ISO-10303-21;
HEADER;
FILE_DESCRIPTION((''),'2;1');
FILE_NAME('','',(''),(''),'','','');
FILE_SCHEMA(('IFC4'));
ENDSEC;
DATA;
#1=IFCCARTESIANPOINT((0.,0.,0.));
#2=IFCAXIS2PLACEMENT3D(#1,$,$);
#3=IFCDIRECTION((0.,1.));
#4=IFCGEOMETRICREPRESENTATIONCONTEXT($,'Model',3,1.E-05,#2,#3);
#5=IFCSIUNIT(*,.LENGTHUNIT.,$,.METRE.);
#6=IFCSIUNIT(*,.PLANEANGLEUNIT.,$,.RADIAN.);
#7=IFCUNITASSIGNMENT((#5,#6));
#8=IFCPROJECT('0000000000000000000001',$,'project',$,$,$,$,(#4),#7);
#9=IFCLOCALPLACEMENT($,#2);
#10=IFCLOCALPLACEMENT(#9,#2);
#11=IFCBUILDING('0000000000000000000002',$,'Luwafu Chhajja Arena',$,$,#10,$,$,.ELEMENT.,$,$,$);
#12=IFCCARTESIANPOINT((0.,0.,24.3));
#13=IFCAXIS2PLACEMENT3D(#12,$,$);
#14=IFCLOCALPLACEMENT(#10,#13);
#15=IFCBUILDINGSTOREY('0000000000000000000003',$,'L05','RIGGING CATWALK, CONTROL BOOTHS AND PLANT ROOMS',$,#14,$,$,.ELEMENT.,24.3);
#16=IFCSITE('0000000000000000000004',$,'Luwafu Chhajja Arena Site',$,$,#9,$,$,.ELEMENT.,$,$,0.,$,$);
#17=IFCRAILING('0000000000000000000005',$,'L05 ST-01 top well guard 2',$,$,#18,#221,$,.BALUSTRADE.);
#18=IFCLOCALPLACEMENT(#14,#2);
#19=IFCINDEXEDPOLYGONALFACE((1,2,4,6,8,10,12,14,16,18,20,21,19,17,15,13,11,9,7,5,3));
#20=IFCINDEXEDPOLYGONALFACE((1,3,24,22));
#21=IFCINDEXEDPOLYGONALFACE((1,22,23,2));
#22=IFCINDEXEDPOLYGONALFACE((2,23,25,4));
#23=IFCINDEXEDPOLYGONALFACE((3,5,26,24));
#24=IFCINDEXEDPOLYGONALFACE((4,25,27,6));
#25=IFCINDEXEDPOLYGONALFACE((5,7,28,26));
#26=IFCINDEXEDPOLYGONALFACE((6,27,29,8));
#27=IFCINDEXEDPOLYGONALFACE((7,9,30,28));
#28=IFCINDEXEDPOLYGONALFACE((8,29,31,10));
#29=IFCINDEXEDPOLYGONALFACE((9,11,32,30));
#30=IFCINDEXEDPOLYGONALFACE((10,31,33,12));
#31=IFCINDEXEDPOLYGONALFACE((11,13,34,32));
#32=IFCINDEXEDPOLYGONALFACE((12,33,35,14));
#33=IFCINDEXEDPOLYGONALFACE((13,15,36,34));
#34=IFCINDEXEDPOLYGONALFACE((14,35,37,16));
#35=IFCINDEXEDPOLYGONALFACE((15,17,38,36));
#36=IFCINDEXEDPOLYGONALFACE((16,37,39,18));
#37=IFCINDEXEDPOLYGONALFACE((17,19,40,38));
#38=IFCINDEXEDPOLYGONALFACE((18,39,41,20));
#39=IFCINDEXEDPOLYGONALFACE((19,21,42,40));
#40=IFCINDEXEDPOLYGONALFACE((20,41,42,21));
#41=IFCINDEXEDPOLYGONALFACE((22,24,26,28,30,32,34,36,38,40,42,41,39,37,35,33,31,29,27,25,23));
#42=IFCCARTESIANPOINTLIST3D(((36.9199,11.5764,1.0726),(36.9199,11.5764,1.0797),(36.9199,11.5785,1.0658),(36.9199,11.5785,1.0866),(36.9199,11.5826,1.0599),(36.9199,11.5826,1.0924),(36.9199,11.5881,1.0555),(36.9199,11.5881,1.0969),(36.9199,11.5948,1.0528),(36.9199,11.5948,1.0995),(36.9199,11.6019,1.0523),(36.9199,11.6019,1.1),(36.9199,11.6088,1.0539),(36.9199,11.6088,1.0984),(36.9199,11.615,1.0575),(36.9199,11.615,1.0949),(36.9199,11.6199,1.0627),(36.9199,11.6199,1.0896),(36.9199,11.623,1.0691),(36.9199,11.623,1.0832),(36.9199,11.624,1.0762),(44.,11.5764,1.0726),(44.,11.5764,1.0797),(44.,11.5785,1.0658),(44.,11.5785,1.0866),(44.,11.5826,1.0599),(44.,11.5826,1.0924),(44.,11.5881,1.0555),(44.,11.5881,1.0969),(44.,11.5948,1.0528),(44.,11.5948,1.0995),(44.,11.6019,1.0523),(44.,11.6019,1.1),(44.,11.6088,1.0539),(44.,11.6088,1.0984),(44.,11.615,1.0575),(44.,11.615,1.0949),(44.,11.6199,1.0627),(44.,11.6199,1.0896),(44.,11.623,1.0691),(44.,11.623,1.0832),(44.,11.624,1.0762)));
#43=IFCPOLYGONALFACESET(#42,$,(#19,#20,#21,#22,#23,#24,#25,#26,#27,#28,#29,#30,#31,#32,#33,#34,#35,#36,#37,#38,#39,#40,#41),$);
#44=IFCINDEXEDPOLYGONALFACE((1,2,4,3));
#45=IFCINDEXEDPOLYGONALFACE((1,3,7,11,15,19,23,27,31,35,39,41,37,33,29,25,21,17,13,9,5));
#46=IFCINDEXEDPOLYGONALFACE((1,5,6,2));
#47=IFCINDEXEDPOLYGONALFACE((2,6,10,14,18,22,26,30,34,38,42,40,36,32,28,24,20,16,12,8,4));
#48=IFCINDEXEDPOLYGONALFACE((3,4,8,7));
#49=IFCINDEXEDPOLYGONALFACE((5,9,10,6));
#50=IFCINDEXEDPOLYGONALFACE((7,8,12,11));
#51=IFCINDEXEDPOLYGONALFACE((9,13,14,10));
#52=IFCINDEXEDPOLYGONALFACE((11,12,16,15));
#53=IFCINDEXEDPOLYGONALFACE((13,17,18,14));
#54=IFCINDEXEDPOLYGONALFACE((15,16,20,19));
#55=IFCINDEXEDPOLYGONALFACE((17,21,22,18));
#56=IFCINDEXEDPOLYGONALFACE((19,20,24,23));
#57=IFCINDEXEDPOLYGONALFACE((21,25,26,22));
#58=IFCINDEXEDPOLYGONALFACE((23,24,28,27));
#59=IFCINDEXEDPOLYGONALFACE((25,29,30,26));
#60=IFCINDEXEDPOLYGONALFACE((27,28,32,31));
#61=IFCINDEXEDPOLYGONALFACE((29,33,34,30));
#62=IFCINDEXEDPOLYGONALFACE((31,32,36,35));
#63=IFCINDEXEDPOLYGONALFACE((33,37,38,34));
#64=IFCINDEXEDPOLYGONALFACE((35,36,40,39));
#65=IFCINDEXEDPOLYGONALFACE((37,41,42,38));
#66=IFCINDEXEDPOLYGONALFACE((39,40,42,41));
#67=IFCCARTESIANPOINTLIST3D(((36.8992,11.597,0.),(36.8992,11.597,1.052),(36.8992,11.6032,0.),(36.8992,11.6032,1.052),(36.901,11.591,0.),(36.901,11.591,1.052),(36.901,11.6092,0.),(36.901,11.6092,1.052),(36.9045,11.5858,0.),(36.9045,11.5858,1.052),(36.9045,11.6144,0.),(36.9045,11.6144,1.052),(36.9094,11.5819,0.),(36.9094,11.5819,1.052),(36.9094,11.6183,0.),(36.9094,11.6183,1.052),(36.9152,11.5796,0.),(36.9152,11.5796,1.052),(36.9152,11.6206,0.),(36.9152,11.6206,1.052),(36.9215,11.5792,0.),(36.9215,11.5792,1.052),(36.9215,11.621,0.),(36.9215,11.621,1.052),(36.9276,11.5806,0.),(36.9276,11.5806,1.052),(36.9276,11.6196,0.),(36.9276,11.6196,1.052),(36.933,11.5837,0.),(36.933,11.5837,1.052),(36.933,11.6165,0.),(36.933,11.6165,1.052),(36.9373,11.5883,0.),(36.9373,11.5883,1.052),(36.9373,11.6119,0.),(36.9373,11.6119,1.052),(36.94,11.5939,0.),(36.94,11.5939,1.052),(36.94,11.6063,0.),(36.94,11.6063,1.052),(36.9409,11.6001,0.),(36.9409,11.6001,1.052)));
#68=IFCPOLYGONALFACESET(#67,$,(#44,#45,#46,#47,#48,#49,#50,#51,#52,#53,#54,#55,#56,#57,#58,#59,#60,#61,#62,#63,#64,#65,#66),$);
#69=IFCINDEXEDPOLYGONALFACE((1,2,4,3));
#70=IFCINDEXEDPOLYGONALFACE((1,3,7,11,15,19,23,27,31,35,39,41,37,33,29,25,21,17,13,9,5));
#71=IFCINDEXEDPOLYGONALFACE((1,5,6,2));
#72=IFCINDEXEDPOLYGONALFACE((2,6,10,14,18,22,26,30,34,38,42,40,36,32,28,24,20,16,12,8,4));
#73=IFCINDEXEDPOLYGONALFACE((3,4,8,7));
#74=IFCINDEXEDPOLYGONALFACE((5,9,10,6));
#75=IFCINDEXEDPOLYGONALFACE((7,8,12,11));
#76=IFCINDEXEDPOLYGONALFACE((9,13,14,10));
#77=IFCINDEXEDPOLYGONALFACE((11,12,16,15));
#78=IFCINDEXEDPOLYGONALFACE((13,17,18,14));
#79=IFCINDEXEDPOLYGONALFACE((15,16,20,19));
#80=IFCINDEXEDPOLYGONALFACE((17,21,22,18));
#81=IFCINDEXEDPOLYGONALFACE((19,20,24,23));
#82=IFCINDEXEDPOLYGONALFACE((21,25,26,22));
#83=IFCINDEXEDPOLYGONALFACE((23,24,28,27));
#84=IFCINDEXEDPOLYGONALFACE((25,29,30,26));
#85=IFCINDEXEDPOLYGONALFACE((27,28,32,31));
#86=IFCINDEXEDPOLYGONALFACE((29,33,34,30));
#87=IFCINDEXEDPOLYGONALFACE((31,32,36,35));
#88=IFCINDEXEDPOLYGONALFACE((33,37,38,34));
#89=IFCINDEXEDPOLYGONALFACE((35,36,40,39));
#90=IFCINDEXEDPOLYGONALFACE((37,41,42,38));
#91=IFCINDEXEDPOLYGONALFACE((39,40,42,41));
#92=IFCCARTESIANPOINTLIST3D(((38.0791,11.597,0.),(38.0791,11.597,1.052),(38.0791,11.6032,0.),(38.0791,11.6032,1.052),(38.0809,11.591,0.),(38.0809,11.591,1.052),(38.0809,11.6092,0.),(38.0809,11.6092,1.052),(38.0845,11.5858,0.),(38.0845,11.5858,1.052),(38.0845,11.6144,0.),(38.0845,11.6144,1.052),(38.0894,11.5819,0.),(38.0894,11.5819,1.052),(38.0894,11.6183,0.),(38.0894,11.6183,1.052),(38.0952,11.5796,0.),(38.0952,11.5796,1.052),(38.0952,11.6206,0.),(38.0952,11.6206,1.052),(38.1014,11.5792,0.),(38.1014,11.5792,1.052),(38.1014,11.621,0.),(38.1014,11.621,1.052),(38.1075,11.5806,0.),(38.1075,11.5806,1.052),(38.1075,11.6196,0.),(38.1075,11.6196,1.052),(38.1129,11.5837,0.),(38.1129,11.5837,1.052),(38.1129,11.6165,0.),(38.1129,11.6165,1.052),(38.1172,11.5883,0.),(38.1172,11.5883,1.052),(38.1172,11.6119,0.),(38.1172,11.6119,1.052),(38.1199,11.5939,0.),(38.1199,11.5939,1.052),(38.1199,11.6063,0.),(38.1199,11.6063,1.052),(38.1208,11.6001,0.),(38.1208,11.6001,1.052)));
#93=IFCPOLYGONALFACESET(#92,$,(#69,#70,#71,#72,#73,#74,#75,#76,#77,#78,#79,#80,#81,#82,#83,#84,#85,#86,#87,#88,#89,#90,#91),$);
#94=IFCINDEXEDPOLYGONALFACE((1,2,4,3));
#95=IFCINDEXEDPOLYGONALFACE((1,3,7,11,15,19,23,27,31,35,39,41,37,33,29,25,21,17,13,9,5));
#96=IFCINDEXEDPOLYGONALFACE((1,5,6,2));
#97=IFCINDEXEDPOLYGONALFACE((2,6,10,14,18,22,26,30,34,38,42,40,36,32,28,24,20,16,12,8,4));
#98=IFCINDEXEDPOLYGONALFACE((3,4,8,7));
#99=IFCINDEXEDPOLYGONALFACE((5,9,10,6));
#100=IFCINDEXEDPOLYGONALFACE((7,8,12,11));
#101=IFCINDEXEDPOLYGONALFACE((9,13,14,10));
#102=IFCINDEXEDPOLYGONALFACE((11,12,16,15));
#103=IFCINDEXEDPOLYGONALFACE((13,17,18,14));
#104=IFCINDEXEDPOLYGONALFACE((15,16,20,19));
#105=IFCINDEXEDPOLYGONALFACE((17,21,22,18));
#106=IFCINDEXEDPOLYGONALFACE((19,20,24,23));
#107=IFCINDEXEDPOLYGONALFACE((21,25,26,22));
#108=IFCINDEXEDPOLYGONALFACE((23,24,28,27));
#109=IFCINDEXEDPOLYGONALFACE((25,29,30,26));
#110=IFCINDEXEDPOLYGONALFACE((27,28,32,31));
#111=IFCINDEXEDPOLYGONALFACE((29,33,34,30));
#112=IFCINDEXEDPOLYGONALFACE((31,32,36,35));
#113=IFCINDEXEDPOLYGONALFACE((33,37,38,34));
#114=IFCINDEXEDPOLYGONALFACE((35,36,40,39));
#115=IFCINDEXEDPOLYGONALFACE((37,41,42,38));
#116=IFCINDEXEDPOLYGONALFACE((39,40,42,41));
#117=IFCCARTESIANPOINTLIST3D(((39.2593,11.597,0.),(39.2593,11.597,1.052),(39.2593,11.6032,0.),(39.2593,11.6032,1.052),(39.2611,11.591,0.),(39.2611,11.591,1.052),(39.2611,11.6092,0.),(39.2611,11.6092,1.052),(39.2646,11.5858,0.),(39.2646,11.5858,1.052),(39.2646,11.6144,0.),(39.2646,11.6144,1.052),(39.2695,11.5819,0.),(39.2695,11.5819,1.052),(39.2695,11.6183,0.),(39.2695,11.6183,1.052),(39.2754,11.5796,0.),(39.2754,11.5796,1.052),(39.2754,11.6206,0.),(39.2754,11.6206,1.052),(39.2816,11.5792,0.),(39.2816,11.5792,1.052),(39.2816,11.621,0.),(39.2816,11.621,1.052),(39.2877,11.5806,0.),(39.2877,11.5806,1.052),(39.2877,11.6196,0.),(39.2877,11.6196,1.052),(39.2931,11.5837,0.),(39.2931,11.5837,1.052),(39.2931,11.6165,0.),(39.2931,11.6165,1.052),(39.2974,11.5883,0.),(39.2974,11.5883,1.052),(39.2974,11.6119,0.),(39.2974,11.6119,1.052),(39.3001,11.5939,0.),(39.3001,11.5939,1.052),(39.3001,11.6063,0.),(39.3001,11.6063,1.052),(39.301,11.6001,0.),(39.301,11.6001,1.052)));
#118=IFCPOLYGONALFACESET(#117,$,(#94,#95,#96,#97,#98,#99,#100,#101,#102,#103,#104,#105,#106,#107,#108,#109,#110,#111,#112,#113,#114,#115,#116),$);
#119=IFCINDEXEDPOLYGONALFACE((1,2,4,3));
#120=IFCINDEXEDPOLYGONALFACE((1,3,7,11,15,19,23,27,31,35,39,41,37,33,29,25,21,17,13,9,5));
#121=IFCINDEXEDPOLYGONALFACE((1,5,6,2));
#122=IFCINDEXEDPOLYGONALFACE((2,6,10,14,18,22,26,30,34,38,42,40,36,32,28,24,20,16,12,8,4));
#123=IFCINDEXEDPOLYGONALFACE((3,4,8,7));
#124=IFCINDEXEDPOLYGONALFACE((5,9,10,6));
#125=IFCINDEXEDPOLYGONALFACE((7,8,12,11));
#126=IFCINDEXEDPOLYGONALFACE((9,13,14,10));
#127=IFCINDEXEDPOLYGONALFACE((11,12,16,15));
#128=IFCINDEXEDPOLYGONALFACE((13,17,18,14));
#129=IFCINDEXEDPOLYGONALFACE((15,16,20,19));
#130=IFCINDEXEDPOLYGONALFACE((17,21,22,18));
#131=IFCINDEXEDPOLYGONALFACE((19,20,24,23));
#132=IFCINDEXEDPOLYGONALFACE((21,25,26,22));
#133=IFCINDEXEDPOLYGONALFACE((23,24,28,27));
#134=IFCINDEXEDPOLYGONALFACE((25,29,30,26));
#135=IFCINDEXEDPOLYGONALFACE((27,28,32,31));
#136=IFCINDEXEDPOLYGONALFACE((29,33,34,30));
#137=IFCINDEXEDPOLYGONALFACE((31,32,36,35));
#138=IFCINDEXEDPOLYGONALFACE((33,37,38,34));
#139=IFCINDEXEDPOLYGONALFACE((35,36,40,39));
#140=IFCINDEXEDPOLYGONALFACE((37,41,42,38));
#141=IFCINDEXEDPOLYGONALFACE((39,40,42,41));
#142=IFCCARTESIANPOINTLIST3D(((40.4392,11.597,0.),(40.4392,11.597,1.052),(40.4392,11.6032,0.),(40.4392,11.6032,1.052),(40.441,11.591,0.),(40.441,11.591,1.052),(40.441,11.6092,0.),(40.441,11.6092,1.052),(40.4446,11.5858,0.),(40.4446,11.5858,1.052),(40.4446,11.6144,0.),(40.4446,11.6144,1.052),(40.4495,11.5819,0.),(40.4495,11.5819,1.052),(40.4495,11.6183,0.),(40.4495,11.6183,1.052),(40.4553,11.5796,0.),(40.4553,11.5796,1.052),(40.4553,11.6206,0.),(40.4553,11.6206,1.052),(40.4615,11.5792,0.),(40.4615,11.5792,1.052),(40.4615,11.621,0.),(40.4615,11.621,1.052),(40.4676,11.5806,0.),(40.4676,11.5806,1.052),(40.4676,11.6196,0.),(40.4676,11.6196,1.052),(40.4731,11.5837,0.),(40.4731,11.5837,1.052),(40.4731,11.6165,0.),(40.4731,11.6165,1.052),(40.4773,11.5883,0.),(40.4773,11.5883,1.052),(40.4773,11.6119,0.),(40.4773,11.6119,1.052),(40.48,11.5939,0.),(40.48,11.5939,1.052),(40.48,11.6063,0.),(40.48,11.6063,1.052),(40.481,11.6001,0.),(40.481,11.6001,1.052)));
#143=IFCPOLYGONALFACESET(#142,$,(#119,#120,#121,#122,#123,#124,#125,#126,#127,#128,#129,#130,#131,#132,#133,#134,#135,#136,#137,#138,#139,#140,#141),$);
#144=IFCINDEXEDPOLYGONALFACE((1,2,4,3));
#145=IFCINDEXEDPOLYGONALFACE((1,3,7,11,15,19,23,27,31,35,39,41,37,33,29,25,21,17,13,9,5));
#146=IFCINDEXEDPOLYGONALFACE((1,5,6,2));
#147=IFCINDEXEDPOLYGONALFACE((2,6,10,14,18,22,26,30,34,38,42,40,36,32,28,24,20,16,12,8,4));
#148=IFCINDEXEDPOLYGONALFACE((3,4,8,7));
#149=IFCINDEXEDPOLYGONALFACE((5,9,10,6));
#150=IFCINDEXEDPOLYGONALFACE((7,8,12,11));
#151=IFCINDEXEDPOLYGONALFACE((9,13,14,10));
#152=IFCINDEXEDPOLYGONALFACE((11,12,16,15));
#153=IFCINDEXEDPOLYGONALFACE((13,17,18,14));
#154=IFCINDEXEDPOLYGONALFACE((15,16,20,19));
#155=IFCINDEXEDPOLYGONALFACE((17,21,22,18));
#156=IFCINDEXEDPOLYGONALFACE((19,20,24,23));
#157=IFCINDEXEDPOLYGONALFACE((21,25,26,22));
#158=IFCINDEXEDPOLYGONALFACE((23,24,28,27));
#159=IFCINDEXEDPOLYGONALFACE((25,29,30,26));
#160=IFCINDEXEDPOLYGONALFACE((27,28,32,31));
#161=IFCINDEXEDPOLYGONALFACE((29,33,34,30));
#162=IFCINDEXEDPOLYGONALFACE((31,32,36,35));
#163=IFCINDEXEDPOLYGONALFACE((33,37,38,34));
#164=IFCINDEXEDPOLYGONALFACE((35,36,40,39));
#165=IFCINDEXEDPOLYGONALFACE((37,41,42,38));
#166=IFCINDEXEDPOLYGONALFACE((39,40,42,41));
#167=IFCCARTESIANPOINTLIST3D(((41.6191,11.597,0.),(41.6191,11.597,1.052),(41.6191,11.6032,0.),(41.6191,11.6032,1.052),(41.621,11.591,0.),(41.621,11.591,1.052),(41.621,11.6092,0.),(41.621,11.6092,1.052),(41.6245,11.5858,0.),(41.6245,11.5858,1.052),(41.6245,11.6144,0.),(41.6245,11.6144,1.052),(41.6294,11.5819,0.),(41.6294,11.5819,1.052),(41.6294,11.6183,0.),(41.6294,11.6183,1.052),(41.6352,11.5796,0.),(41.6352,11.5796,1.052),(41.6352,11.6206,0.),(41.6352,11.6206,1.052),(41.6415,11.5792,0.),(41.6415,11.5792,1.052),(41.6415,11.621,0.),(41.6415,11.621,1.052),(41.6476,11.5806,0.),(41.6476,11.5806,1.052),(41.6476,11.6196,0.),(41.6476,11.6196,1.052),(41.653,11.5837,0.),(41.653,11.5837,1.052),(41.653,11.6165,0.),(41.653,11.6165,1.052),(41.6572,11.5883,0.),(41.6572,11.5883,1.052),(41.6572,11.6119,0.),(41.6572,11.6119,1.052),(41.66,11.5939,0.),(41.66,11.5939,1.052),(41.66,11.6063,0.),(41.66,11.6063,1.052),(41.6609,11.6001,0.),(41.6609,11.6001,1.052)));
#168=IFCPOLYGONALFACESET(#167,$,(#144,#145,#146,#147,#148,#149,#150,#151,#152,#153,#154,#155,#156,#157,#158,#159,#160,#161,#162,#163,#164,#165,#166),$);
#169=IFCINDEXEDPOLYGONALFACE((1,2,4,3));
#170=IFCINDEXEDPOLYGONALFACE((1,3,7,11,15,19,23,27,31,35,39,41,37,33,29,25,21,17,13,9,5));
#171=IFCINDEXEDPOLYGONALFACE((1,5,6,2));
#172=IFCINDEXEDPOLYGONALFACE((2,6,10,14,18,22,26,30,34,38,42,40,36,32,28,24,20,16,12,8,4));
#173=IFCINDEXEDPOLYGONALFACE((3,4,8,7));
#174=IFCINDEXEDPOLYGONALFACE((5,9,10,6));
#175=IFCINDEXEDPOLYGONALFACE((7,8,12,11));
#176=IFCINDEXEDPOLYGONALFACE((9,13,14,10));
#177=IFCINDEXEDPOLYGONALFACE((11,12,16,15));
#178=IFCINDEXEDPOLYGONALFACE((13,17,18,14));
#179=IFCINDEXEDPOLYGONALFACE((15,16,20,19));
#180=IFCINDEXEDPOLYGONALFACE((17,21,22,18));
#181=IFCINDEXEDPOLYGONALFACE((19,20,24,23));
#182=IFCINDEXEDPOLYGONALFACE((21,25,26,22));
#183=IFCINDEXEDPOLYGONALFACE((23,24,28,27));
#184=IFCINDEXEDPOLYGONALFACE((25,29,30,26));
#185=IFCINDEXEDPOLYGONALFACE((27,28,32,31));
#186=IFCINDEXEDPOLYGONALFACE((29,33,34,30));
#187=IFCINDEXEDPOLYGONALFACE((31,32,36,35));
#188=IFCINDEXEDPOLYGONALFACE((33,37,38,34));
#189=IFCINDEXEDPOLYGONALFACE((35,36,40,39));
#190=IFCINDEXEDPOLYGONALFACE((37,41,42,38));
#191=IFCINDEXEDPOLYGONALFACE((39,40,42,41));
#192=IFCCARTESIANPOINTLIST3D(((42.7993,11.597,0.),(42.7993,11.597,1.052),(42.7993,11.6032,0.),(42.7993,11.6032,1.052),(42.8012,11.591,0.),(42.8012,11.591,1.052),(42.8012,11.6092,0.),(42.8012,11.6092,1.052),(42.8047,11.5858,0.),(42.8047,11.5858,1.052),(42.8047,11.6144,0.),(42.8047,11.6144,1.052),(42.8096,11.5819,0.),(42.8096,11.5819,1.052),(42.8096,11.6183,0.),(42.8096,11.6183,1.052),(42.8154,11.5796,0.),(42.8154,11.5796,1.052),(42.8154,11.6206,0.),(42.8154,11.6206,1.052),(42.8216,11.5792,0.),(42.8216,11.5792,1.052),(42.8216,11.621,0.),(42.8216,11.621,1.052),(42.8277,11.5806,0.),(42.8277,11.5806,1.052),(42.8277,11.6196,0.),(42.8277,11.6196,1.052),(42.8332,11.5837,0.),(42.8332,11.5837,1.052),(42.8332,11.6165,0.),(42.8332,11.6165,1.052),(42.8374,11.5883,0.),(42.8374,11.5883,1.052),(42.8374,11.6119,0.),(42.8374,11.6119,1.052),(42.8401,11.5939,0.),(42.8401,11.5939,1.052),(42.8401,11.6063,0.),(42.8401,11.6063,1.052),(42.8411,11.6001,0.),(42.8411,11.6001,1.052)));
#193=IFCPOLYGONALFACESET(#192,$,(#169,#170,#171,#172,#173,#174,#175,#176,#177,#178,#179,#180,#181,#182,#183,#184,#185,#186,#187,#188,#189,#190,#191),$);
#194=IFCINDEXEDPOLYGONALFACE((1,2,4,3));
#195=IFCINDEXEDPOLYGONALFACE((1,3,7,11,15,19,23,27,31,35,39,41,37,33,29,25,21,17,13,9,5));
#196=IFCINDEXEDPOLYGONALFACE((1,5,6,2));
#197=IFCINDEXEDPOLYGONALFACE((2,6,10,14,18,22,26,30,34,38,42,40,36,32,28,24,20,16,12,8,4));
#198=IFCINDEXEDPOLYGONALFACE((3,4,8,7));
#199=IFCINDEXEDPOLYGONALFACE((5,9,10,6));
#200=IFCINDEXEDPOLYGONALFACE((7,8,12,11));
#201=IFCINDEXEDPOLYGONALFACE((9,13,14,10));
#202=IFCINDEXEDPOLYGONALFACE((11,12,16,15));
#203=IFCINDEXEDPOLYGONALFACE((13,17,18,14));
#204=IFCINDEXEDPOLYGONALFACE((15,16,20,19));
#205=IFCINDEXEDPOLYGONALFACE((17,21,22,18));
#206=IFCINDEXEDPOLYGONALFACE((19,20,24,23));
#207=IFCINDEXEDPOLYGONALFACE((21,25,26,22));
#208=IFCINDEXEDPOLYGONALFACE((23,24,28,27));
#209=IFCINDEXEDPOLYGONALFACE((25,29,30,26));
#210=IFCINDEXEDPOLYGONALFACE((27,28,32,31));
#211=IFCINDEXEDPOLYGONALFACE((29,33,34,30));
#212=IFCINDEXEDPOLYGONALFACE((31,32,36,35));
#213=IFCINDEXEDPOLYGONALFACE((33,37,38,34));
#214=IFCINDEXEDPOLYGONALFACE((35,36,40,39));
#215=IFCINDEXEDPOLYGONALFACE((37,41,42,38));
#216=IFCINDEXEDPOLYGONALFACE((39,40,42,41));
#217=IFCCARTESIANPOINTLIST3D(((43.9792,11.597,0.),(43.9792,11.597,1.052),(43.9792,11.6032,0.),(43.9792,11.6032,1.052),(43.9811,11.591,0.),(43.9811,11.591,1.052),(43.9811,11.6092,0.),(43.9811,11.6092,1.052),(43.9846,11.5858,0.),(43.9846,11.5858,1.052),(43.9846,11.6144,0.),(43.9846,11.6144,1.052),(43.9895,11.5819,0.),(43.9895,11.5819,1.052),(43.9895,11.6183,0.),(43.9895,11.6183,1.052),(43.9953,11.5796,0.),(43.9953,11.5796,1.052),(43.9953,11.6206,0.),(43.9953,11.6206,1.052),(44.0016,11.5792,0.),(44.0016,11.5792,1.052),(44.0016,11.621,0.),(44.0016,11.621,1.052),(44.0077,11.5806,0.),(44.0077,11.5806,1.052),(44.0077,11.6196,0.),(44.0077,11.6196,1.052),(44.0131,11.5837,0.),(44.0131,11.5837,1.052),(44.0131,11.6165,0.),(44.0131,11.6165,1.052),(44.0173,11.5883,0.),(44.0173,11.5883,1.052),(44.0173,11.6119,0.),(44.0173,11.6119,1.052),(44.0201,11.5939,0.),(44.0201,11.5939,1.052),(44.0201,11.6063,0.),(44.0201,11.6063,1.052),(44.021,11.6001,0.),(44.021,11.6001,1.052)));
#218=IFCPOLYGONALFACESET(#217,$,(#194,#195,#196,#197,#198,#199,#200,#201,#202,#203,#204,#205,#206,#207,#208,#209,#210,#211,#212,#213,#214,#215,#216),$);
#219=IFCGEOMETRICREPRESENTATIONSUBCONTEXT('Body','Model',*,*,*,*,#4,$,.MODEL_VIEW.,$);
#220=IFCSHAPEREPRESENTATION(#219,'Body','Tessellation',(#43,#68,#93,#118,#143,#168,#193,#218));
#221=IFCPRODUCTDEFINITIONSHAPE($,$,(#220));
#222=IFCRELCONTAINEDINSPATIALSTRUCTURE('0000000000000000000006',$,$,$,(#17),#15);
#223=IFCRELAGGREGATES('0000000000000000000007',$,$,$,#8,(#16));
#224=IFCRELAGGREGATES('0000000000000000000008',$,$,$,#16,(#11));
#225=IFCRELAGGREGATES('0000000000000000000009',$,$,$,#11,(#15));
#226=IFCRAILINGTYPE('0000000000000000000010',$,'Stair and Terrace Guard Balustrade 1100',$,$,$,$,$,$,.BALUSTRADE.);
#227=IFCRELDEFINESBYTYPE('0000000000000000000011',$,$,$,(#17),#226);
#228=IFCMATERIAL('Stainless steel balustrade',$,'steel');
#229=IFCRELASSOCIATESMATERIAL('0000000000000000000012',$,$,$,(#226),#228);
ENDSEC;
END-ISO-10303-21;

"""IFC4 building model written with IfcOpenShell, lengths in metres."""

from ifc_helpers import new_model, si_unit, direction, frame, origin, origin_2d, place, context, subcontext, project, spatial, circle, extrude, material, type_object, element, save


model = new_model("IFC4")

# Units and contexts
model_context = context("Model", 3, precision=1e-05, world=origin(), true_north=direction((0.0, 1.0)))
body_context = subcontext(model_context, "Body", "Model", "MODEL_VIEW")
ifc_project = project(units=[si_unit("LENGTHUNIT", "METRE"), si_unit("PLANEANGLEUNIT", "RADIAN")], contexts=[model_context])

# Site, building, storey
site_placement = place(None, origin())
site = spatial("IfcSite", under=ifc_project, at=site_placement, Name="Luwafu Chhajja Arena Site", CompositionType="ELEMENT", RefElevation=0.0)
building_placement = place(site_placement, origin())
building = spatial("IfcBuilding", under=site, at=building_placement, Name="Luwafu Chhajja Arena", CompositionType="ELEMENT")
storey_placement = place(building_placement, frame((0.0, 0.0, 24.3)))
storey = spatial("IfcBuildingStorey", under=building, at=storey_placement, Name="L05", Description="RIGGING CATWALK, CONTROL BOOTHS AND PLANT ROOMS", CompositionType="ELEMENT", Elevation=24.3)

# Railing
ifc_material_1 = material(Name="Stainless steel balustrade", Category="steel")
railing_type = type_object("IfcRailingType", Name="Stair and Terrace Guard Balustrade 1100", PredefinedType="BALUSTRADE", material=ifc_material_1)
for number, where, name in (
    (1, (36.9199, 11.6001, 0.0), "L05 ST-01 top well guard 2"),
):
    element("IfcRailing", number, at=place(storey_placement, frame(where)), inside=storey, type_object=railing_type, Name=name, PredefinedType="BALUSTRADE", context=body_context, shape_type="SweptSolid", body=[
        extrude(circle(Radius=0.0239, at=origin_2d()), frame((0.0, 0.0, 1.0762), z_axis=(1.0, 0.0, 0.0), x_axis=(0.0, 1.0, 0.0)), (0.0, 0.0, 1.0), 7.0801),
        extrude(circle(Radius=0.021, at=origin_2d()), origin(), (0.0, 0.0, 1.0), 1.052),
        extrude(circle(Radius=0.021, at=origin_2d()), frame((1.1799, 0.0, 0.0)), (0.0, 0.0, 1.0), 1.052),
        extrude(circle(Radius=0.021, at=origin_2d()), frame((2.3601, 0.0, 0.0)), (0.0, 0.0, 1.0), 1.052),
        extrude(circle(Radius=0.021, at=origin_2d()), frame((3.54, 0.0, 0.0)), (0.0, 0.0, 1.0), 1.052),
        extrude(circle(Radius=0.021, at=origin_2d()), frame((4.72, 0.0, 0.0)), (0.0, 0.0, 1.0), 1.052),
        extrude(circle(Radius=0.021, at=origin_2d()), frame((5.9001, 0.0, 0.0)), (0.0, 0.0, 1.0), 1.052),
        extrude(circle(Radius=0.021, at=origin_2d()), frame((7.0801, 0.0, 0.0)), (0.0, 0.0, 1.0), 1.052),
    ])

save(model, "model.ifc")
